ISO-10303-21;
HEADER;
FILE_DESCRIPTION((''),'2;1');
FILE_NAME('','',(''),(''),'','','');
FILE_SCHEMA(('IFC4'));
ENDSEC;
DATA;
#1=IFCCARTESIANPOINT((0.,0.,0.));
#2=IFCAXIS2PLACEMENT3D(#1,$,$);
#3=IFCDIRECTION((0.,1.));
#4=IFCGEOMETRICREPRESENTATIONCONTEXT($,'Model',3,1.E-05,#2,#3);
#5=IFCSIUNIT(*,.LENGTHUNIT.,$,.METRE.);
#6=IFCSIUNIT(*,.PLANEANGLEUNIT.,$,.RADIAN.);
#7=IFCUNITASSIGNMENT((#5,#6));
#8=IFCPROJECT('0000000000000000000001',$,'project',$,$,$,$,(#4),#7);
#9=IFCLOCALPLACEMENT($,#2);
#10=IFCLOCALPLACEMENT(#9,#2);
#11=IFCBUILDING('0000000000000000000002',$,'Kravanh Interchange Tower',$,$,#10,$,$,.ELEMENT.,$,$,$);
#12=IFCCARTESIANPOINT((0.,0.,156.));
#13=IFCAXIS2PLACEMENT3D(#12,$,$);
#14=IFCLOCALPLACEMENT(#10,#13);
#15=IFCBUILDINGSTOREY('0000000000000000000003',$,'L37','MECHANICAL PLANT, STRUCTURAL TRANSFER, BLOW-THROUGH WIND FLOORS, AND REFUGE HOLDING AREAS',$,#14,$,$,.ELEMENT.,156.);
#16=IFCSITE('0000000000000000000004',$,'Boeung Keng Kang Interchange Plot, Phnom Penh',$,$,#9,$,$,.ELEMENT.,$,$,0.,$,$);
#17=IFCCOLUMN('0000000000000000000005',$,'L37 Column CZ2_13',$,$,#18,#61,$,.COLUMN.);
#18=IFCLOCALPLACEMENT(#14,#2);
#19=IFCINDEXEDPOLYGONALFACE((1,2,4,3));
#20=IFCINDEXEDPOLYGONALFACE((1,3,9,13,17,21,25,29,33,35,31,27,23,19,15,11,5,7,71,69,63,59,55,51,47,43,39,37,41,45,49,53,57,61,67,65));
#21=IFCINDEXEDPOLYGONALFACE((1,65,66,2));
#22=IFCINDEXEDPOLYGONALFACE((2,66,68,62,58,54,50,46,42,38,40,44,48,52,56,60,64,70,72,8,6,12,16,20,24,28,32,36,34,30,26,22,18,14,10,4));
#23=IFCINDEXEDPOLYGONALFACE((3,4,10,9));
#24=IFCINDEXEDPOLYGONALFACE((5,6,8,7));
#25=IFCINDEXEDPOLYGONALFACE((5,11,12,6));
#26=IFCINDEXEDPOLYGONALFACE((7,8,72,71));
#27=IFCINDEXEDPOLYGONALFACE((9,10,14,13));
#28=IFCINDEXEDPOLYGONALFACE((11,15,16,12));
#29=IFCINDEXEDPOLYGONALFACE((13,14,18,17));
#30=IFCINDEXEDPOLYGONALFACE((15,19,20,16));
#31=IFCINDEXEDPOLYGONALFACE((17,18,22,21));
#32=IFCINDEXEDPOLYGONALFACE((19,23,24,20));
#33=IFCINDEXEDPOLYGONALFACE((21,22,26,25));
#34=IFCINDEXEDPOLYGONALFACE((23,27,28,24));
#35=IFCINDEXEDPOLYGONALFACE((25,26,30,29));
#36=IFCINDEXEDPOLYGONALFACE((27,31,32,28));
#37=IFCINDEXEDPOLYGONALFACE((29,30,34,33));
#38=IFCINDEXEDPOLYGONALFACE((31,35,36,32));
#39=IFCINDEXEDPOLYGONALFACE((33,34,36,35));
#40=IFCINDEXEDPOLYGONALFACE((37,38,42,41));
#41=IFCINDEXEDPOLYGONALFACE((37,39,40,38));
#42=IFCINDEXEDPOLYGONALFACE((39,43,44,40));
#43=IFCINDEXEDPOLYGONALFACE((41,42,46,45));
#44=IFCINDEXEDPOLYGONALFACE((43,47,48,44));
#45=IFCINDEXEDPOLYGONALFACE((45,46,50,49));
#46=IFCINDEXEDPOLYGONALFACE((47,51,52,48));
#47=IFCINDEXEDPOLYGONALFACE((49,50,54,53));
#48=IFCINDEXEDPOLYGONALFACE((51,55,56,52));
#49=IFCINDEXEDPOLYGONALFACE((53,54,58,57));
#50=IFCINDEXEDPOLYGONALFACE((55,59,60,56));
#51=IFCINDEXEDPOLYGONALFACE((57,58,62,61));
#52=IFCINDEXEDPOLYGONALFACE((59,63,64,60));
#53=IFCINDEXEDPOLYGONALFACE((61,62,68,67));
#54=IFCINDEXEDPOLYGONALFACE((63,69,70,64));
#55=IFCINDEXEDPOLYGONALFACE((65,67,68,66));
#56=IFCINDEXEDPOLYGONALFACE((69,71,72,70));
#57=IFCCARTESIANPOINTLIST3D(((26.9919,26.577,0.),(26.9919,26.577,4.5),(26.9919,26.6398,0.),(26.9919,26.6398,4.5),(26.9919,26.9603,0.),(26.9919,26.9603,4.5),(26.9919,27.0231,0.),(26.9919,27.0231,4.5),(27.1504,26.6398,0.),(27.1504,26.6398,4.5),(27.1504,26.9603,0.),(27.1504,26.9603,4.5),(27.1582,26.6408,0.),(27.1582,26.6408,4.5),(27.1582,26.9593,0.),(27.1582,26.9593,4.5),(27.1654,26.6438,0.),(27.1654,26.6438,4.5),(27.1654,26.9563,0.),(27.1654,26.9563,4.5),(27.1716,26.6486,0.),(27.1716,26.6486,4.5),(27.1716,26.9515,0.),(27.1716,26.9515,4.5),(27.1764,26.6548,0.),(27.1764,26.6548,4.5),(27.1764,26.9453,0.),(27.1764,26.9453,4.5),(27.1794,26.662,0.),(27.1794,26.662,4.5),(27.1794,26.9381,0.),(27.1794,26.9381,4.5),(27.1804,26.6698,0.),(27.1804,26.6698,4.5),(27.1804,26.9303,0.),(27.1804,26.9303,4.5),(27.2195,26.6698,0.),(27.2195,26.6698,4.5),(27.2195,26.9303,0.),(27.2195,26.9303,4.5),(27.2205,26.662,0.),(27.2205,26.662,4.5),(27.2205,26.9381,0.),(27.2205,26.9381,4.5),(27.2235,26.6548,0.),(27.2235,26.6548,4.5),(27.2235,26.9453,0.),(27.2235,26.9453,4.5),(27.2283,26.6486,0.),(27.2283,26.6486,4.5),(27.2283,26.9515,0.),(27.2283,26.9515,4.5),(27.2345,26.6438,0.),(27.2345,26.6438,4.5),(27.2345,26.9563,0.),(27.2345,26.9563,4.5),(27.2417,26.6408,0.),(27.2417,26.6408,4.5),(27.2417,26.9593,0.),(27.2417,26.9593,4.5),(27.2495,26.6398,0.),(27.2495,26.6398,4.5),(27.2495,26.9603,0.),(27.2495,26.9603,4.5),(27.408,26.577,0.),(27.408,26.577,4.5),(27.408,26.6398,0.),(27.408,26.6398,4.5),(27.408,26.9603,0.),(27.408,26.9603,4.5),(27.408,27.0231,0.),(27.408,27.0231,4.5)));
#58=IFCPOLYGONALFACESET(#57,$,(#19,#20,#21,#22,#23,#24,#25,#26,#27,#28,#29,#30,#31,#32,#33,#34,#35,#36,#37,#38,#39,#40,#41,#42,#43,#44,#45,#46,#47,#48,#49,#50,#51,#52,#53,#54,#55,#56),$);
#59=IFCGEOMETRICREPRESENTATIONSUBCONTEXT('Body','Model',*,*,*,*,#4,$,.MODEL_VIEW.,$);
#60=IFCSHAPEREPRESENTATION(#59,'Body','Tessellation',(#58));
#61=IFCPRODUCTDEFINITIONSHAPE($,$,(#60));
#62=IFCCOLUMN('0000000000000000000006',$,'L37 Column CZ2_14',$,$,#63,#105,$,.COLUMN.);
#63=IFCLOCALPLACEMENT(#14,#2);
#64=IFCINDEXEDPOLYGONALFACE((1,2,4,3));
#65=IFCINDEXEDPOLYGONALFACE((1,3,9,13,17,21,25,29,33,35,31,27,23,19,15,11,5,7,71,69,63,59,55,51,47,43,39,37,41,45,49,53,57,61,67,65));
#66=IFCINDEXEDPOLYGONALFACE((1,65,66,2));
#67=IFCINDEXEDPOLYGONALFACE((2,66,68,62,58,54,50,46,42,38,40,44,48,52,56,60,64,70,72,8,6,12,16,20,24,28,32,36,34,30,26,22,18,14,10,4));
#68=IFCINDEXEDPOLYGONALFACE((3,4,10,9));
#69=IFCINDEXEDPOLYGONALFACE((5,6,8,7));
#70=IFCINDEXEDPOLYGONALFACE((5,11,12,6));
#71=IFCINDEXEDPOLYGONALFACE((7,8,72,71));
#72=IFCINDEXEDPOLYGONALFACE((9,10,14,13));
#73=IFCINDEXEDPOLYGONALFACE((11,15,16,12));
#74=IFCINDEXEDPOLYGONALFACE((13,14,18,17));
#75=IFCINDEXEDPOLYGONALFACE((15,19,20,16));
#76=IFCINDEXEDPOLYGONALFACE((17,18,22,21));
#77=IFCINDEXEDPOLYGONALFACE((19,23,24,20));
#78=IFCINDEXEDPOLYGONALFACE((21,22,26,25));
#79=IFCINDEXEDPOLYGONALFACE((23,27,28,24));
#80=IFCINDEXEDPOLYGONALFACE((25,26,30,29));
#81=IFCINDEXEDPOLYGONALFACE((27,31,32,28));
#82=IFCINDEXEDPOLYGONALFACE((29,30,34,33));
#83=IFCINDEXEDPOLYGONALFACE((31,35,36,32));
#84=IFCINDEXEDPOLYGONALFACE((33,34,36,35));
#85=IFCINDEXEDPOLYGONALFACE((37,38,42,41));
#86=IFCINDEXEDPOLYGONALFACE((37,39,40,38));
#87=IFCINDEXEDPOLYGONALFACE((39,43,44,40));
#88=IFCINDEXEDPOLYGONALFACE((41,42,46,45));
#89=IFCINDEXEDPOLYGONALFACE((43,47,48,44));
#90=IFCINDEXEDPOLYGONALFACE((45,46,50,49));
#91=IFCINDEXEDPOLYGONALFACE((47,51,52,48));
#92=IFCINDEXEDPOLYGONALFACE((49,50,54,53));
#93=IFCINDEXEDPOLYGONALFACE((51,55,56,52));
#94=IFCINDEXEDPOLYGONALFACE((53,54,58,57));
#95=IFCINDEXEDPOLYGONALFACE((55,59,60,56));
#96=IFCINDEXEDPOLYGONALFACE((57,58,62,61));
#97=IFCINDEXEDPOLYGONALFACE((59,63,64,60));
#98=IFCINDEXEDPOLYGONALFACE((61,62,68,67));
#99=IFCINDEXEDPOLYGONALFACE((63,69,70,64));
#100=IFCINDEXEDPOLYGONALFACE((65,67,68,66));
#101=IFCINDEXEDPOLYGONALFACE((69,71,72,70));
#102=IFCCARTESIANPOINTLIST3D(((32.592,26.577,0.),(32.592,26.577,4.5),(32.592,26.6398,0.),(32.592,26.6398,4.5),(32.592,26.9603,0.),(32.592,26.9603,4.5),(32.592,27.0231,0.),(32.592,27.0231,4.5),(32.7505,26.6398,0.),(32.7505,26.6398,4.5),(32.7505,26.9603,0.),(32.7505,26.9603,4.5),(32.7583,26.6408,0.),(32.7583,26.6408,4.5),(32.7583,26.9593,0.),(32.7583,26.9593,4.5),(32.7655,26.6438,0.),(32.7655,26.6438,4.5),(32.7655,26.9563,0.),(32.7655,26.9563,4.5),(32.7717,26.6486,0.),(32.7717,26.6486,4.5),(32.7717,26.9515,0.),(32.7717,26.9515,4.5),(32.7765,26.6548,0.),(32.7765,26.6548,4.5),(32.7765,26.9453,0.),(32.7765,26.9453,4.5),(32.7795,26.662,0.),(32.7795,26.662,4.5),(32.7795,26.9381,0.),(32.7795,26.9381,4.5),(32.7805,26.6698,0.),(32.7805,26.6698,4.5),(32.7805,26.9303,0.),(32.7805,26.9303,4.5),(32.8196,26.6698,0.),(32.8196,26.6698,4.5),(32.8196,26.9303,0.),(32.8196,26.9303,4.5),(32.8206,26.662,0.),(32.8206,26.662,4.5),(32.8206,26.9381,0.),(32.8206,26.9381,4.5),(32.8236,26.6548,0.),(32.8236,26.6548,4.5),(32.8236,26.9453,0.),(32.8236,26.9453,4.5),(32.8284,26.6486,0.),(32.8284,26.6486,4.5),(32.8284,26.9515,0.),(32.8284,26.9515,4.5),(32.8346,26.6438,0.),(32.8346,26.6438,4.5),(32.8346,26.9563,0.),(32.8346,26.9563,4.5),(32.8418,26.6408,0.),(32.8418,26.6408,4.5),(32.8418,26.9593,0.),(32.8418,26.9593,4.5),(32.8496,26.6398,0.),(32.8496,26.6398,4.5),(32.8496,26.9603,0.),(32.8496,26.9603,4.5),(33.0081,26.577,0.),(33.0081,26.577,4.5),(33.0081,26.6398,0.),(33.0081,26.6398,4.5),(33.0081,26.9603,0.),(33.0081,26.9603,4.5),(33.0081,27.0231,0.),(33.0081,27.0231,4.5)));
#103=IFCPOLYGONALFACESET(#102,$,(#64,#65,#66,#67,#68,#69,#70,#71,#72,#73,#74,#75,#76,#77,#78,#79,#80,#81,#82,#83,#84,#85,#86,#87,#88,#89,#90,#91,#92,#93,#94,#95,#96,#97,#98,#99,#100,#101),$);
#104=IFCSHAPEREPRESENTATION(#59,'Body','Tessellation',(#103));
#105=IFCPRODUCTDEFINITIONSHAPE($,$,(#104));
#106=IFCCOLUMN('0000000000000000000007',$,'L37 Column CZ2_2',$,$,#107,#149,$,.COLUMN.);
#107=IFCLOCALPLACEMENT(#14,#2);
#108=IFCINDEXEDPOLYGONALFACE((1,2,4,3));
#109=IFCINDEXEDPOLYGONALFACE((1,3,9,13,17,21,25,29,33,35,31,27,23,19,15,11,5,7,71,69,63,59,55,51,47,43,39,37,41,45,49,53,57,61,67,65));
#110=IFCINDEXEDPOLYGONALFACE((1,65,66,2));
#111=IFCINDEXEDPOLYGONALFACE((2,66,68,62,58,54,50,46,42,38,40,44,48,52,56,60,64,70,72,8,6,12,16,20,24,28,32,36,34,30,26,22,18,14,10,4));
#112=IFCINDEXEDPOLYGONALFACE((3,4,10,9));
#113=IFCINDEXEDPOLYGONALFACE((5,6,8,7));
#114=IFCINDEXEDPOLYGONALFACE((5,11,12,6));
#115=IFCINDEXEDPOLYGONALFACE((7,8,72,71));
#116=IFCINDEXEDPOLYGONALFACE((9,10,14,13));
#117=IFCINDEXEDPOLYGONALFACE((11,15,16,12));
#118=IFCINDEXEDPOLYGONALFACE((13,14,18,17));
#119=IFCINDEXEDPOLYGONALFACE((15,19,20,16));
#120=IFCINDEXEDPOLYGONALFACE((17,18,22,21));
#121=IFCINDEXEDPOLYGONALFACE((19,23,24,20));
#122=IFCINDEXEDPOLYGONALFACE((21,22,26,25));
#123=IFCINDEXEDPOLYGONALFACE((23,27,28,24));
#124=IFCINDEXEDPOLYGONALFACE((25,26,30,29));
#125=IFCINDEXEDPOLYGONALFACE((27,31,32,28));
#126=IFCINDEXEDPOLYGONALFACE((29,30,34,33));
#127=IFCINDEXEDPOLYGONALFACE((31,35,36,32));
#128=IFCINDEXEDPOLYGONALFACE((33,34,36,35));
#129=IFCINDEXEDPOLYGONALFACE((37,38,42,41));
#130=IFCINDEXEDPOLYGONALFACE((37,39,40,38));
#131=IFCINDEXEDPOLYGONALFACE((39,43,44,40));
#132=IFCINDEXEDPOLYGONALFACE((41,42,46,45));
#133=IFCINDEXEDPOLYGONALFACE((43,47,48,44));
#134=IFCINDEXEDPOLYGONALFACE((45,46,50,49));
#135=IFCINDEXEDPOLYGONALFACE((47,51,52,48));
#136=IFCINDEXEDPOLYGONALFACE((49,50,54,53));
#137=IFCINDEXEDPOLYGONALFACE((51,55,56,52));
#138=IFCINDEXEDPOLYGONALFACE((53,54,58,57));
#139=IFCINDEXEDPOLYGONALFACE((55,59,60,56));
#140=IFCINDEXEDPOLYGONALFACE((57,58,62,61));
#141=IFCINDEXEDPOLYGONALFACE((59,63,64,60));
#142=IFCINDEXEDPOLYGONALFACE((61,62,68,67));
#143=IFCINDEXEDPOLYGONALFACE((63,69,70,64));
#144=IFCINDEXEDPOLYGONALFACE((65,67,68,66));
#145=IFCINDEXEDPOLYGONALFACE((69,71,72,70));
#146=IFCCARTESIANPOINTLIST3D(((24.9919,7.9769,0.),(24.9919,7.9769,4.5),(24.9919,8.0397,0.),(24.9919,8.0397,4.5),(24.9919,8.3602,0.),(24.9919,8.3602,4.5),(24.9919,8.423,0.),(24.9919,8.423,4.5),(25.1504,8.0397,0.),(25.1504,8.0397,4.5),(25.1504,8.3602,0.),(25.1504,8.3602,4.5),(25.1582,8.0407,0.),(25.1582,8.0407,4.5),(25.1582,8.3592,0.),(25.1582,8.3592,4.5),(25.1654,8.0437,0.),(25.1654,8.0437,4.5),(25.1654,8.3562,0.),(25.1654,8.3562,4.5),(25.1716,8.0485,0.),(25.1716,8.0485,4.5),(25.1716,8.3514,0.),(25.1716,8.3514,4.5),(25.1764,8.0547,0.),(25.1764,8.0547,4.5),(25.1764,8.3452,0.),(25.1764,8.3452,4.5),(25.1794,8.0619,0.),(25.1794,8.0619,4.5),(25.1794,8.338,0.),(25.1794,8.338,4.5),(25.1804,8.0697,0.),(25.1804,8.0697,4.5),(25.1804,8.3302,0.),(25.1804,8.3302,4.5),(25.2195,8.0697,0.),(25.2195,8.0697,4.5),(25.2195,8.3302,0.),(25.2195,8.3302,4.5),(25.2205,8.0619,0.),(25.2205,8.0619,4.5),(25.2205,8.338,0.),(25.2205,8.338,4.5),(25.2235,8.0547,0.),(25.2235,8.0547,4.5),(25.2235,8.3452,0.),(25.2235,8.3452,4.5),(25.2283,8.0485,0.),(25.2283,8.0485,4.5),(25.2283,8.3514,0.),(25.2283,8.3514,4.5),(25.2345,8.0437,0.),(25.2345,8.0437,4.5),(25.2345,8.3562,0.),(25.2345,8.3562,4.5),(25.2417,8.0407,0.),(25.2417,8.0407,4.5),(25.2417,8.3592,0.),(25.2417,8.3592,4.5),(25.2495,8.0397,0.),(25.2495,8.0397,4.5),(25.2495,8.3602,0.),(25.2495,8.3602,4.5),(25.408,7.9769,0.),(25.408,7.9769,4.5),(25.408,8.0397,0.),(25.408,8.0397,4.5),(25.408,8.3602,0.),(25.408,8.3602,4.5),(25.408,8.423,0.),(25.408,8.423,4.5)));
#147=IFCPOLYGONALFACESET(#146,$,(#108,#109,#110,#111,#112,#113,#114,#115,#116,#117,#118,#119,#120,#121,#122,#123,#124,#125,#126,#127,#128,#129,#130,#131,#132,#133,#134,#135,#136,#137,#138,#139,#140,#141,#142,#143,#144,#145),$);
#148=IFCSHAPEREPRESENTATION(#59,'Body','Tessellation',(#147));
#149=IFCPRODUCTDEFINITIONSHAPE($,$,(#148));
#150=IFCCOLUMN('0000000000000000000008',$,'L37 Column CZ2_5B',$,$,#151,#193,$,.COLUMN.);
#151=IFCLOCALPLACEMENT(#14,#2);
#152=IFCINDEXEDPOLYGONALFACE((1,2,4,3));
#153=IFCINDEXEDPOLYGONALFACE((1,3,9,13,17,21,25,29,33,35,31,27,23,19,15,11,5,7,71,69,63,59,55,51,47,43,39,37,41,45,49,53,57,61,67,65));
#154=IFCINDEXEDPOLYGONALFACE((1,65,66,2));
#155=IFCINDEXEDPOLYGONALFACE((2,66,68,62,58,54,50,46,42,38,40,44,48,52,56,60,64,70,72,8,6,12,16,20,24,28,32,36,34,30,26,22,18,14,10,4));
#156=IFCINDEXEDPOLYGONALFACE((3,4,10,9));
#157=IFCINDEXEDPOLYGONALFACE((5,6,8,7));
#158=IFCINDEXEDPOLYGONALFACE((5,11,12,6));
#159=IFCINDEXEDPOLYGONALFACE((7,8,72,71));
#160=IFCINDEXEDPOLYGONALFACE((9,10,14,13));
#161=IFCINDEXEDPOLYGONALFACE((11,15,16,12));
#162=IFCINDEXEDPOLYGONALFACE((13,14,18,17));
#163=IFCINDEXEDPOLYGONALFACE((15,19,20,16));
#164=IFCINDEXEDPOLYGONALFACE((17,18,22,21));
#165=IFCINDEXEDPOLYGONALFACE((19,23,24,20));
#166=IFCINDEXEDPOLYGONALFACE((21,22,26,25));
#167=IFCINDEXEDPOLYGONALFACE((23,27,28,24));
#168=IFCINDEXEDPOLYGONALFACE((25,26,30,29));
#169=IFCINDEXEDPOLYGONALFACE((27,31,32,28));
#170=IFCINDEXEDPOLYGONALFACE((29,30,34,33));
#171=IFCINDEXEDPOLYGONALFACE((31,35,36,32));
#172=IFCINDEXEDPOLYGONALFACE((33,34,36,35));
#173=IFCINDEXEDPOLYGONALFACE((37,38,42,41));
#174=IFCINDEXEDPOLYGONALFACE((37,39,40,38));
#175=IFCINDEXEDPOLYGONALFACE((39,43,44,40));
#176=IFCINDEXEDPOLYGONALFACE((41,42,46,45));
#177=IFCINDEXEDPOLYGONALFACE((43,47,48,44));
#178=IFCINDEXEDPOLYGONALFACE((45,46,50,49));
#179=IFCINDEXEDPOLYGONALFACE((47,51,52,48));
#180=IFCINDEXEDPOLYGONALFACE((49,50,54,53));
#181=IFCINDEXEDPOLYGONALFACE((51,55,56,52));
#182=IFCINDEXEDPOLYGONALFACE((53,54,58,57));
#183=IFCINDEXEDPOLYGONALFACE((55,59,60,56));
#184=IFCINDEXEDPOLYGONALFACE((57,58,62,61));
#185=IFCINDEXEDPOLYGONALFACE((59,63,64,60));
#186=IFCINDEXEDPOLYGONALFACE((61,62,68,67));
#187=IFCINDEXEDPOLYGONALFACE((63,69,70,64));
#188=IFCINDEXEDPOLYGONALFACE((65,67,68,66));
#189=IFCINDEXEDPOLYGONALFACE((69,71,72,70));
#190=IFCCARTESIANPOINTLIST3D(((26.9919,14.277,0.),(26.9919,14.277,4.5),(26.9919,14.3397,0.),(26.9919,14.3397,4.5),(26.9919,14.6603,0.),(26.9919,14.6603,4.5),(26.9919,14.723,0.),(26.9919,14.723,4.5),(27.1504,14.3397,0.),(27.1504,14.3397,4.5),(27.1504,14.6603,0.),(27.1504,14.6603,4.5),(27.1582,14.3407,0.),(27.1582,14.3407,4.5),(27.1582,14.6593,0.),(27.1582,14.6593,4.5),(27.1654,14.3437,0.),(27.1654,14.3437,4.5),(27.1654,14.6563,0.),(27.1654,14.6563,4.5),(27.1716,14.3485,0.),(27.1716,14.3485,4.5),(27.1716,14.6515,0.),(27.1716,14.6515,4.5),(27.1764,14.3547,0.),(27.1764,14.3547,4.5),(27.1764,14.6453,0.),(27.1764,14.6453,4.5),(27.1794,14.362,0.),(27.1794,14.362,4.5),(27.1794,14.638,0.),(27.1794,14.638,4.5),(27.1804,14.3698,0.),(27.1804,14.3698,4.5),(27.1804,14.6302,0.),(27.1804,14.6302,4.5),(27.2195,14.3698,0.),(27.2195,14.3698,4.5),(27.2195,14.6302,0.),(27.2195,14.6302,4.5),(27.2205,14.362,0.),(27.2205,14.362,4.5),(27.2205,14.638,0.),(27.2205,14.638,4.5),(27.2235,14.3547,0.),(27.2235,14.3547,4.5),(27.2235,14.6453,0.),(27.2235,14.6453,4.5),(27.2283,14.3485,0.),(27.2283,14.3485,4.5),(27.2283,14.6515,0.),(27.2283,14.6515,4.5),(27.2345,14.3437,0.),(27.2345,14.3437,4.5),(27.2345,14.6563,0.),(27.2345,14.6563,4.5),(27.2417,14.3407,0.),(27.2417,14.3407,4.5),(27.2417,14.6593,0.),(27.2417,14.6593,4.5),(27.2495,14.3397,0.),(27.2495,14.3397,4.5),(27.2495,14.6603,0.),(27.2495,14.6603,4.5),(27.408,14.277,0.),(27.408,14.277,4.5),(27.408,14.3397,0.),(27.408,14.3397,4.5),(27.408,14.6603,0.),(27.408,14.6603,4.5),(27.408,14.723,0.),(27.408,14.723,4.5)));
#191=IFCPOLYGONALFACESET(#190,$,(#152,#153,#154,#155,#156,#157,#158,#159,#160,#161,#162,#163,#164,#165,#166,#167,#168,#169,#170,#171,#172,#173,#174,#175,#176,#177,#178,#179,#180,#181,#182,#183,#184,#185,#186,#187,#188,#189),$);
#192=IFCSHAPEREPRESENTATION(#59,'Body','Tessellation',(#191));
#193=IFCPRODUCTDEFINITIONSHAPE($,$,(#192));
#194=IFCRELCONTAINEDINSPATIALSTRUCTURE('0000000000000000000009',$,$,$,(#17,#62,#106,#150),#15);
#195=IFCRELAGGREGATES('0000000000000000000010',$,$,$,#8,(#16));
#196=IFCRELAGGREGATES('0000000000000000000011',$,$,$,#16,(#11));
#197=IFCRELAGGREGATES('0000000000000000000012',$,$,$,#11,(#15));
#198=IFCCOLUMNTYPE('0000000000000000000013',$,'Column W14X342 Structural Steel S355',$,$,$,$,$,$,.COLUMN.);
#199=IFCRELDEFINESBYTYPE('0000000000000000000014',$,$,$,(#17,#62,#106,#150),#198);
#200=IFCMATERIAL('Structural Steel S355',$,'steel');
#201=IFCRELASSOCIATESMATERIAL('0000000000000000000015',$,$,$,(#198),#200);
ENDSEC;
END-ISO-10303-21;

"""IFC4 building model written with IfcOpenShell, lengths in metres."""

from ifc_helpers import new_model, si_unit, direction, frame, origin, origin_2d, place, context, subcontext, project, spatial, i_section, extrude, material, material_profile, profile_set, type_object, element, save


model = new_model("IFC4")

# Units and contexts
model_context = context("Model", 3, precision=1e-05, world=origin(), true_north=direction((0.0, 1.0)))
body_context = subcontext(model_context, "Body", "Model", "MODEL_VIEW")
ifc_project = project(units=[si_unit("LENGTHUNIT", "METRE"), si_unit("PLANEANGLEUNIT", "RADIAN")], contexts=[model_context])

# Site, building, storey
site_placement = place(None, origin())
site = spatial("IfcSite", under=ifc_project, at=site_placement, Name="Boeung Keng Kang Interchange Plot, Phnom Penh", CompositionType="ELEMENT", RefElevation=0.0)
building_placement = place(site_placement, origin())
building = spatial("IfcBuilding", under=site, at=building_placement, Name="Kravanh Interchange Tower", CompositionType="ELEMENT")
storey_placement = place(building_placement, frame((0.0, 0.0, 156.0)))
storey = spatial("IfcBuildingStorey", under=building, at=storey_placement, Name="L37", Description="MECHANICAL PLANT, STRUCTURAL TRANSFER, BLOW-THROUGH WIND FLOORS, AND REFUGE HOLDING AREAS", CompositionType="ELEMENT", Elevation=156.0)

# Columns
ifc_material_1 = material(Name="Structural Steel S355", Category="steel")
ifc_material_profile_1 = material_profile(ifc_material_1, i_section(OverallWidth=0.416, OverallDepth=0.446, WebThickness=0.0391, FlangeThickness=0.0627, FilletRadius=0.03, at=origin_2d()), Name="W14X342")
ifc_profile_set_1 = profile_set([ifc_material_profile_1], Name="Structural Steel S355")
column_type = type_object("IfcColumnType", Name="Column W14X342 Structural Steel S355", PredefinedType="COLUMN", material=ifc_profile_set_1)
for number, where, z_axis, x_axis, name in (
    (1, (27.2, 26.8, 0.0), (0.0, 0.0, 1.0), (1.0, 0.0, 0.0), "L37 Column CZ2_13"),
    (2, (32.8, 26.8, 0.0), (0.0, 0.0, 1.0), (1.0, 0.0, 0.0), "L37 Column CZ2_14"),
    (3, (25.2, 8.2, 0.0), (0.0, 0.0, 1.0), (1.0, 0.0, 0.0), "L37 Column CZ2_2"),
    (4, (27.2, 14.5, 0.0), (0.0, 0.0, 1.0), (1.0, 0.0, 0.0), "L37 Column CZ2_5B"),
):
    element("IfcColumn", number, at=place(storey_placement, frame(where, z_axis=z_axis, x_axis=x_axis)), inside=storey, type_object=column_type, Name=name, PredefinedType="COLUMN", context=body_context, shape_type="SweptSolid", body=[
        extrude(i_section(OverallWidth=0.416, OverallDepth=0.446, WebThickness=0.0391, FlangeThickness=0.0627, FilletRadius=0.03, at=origin_2d()), origin(), (0.0, 0.0, 1.0), 4.5),
    ])

save(model, "model.ifc")
